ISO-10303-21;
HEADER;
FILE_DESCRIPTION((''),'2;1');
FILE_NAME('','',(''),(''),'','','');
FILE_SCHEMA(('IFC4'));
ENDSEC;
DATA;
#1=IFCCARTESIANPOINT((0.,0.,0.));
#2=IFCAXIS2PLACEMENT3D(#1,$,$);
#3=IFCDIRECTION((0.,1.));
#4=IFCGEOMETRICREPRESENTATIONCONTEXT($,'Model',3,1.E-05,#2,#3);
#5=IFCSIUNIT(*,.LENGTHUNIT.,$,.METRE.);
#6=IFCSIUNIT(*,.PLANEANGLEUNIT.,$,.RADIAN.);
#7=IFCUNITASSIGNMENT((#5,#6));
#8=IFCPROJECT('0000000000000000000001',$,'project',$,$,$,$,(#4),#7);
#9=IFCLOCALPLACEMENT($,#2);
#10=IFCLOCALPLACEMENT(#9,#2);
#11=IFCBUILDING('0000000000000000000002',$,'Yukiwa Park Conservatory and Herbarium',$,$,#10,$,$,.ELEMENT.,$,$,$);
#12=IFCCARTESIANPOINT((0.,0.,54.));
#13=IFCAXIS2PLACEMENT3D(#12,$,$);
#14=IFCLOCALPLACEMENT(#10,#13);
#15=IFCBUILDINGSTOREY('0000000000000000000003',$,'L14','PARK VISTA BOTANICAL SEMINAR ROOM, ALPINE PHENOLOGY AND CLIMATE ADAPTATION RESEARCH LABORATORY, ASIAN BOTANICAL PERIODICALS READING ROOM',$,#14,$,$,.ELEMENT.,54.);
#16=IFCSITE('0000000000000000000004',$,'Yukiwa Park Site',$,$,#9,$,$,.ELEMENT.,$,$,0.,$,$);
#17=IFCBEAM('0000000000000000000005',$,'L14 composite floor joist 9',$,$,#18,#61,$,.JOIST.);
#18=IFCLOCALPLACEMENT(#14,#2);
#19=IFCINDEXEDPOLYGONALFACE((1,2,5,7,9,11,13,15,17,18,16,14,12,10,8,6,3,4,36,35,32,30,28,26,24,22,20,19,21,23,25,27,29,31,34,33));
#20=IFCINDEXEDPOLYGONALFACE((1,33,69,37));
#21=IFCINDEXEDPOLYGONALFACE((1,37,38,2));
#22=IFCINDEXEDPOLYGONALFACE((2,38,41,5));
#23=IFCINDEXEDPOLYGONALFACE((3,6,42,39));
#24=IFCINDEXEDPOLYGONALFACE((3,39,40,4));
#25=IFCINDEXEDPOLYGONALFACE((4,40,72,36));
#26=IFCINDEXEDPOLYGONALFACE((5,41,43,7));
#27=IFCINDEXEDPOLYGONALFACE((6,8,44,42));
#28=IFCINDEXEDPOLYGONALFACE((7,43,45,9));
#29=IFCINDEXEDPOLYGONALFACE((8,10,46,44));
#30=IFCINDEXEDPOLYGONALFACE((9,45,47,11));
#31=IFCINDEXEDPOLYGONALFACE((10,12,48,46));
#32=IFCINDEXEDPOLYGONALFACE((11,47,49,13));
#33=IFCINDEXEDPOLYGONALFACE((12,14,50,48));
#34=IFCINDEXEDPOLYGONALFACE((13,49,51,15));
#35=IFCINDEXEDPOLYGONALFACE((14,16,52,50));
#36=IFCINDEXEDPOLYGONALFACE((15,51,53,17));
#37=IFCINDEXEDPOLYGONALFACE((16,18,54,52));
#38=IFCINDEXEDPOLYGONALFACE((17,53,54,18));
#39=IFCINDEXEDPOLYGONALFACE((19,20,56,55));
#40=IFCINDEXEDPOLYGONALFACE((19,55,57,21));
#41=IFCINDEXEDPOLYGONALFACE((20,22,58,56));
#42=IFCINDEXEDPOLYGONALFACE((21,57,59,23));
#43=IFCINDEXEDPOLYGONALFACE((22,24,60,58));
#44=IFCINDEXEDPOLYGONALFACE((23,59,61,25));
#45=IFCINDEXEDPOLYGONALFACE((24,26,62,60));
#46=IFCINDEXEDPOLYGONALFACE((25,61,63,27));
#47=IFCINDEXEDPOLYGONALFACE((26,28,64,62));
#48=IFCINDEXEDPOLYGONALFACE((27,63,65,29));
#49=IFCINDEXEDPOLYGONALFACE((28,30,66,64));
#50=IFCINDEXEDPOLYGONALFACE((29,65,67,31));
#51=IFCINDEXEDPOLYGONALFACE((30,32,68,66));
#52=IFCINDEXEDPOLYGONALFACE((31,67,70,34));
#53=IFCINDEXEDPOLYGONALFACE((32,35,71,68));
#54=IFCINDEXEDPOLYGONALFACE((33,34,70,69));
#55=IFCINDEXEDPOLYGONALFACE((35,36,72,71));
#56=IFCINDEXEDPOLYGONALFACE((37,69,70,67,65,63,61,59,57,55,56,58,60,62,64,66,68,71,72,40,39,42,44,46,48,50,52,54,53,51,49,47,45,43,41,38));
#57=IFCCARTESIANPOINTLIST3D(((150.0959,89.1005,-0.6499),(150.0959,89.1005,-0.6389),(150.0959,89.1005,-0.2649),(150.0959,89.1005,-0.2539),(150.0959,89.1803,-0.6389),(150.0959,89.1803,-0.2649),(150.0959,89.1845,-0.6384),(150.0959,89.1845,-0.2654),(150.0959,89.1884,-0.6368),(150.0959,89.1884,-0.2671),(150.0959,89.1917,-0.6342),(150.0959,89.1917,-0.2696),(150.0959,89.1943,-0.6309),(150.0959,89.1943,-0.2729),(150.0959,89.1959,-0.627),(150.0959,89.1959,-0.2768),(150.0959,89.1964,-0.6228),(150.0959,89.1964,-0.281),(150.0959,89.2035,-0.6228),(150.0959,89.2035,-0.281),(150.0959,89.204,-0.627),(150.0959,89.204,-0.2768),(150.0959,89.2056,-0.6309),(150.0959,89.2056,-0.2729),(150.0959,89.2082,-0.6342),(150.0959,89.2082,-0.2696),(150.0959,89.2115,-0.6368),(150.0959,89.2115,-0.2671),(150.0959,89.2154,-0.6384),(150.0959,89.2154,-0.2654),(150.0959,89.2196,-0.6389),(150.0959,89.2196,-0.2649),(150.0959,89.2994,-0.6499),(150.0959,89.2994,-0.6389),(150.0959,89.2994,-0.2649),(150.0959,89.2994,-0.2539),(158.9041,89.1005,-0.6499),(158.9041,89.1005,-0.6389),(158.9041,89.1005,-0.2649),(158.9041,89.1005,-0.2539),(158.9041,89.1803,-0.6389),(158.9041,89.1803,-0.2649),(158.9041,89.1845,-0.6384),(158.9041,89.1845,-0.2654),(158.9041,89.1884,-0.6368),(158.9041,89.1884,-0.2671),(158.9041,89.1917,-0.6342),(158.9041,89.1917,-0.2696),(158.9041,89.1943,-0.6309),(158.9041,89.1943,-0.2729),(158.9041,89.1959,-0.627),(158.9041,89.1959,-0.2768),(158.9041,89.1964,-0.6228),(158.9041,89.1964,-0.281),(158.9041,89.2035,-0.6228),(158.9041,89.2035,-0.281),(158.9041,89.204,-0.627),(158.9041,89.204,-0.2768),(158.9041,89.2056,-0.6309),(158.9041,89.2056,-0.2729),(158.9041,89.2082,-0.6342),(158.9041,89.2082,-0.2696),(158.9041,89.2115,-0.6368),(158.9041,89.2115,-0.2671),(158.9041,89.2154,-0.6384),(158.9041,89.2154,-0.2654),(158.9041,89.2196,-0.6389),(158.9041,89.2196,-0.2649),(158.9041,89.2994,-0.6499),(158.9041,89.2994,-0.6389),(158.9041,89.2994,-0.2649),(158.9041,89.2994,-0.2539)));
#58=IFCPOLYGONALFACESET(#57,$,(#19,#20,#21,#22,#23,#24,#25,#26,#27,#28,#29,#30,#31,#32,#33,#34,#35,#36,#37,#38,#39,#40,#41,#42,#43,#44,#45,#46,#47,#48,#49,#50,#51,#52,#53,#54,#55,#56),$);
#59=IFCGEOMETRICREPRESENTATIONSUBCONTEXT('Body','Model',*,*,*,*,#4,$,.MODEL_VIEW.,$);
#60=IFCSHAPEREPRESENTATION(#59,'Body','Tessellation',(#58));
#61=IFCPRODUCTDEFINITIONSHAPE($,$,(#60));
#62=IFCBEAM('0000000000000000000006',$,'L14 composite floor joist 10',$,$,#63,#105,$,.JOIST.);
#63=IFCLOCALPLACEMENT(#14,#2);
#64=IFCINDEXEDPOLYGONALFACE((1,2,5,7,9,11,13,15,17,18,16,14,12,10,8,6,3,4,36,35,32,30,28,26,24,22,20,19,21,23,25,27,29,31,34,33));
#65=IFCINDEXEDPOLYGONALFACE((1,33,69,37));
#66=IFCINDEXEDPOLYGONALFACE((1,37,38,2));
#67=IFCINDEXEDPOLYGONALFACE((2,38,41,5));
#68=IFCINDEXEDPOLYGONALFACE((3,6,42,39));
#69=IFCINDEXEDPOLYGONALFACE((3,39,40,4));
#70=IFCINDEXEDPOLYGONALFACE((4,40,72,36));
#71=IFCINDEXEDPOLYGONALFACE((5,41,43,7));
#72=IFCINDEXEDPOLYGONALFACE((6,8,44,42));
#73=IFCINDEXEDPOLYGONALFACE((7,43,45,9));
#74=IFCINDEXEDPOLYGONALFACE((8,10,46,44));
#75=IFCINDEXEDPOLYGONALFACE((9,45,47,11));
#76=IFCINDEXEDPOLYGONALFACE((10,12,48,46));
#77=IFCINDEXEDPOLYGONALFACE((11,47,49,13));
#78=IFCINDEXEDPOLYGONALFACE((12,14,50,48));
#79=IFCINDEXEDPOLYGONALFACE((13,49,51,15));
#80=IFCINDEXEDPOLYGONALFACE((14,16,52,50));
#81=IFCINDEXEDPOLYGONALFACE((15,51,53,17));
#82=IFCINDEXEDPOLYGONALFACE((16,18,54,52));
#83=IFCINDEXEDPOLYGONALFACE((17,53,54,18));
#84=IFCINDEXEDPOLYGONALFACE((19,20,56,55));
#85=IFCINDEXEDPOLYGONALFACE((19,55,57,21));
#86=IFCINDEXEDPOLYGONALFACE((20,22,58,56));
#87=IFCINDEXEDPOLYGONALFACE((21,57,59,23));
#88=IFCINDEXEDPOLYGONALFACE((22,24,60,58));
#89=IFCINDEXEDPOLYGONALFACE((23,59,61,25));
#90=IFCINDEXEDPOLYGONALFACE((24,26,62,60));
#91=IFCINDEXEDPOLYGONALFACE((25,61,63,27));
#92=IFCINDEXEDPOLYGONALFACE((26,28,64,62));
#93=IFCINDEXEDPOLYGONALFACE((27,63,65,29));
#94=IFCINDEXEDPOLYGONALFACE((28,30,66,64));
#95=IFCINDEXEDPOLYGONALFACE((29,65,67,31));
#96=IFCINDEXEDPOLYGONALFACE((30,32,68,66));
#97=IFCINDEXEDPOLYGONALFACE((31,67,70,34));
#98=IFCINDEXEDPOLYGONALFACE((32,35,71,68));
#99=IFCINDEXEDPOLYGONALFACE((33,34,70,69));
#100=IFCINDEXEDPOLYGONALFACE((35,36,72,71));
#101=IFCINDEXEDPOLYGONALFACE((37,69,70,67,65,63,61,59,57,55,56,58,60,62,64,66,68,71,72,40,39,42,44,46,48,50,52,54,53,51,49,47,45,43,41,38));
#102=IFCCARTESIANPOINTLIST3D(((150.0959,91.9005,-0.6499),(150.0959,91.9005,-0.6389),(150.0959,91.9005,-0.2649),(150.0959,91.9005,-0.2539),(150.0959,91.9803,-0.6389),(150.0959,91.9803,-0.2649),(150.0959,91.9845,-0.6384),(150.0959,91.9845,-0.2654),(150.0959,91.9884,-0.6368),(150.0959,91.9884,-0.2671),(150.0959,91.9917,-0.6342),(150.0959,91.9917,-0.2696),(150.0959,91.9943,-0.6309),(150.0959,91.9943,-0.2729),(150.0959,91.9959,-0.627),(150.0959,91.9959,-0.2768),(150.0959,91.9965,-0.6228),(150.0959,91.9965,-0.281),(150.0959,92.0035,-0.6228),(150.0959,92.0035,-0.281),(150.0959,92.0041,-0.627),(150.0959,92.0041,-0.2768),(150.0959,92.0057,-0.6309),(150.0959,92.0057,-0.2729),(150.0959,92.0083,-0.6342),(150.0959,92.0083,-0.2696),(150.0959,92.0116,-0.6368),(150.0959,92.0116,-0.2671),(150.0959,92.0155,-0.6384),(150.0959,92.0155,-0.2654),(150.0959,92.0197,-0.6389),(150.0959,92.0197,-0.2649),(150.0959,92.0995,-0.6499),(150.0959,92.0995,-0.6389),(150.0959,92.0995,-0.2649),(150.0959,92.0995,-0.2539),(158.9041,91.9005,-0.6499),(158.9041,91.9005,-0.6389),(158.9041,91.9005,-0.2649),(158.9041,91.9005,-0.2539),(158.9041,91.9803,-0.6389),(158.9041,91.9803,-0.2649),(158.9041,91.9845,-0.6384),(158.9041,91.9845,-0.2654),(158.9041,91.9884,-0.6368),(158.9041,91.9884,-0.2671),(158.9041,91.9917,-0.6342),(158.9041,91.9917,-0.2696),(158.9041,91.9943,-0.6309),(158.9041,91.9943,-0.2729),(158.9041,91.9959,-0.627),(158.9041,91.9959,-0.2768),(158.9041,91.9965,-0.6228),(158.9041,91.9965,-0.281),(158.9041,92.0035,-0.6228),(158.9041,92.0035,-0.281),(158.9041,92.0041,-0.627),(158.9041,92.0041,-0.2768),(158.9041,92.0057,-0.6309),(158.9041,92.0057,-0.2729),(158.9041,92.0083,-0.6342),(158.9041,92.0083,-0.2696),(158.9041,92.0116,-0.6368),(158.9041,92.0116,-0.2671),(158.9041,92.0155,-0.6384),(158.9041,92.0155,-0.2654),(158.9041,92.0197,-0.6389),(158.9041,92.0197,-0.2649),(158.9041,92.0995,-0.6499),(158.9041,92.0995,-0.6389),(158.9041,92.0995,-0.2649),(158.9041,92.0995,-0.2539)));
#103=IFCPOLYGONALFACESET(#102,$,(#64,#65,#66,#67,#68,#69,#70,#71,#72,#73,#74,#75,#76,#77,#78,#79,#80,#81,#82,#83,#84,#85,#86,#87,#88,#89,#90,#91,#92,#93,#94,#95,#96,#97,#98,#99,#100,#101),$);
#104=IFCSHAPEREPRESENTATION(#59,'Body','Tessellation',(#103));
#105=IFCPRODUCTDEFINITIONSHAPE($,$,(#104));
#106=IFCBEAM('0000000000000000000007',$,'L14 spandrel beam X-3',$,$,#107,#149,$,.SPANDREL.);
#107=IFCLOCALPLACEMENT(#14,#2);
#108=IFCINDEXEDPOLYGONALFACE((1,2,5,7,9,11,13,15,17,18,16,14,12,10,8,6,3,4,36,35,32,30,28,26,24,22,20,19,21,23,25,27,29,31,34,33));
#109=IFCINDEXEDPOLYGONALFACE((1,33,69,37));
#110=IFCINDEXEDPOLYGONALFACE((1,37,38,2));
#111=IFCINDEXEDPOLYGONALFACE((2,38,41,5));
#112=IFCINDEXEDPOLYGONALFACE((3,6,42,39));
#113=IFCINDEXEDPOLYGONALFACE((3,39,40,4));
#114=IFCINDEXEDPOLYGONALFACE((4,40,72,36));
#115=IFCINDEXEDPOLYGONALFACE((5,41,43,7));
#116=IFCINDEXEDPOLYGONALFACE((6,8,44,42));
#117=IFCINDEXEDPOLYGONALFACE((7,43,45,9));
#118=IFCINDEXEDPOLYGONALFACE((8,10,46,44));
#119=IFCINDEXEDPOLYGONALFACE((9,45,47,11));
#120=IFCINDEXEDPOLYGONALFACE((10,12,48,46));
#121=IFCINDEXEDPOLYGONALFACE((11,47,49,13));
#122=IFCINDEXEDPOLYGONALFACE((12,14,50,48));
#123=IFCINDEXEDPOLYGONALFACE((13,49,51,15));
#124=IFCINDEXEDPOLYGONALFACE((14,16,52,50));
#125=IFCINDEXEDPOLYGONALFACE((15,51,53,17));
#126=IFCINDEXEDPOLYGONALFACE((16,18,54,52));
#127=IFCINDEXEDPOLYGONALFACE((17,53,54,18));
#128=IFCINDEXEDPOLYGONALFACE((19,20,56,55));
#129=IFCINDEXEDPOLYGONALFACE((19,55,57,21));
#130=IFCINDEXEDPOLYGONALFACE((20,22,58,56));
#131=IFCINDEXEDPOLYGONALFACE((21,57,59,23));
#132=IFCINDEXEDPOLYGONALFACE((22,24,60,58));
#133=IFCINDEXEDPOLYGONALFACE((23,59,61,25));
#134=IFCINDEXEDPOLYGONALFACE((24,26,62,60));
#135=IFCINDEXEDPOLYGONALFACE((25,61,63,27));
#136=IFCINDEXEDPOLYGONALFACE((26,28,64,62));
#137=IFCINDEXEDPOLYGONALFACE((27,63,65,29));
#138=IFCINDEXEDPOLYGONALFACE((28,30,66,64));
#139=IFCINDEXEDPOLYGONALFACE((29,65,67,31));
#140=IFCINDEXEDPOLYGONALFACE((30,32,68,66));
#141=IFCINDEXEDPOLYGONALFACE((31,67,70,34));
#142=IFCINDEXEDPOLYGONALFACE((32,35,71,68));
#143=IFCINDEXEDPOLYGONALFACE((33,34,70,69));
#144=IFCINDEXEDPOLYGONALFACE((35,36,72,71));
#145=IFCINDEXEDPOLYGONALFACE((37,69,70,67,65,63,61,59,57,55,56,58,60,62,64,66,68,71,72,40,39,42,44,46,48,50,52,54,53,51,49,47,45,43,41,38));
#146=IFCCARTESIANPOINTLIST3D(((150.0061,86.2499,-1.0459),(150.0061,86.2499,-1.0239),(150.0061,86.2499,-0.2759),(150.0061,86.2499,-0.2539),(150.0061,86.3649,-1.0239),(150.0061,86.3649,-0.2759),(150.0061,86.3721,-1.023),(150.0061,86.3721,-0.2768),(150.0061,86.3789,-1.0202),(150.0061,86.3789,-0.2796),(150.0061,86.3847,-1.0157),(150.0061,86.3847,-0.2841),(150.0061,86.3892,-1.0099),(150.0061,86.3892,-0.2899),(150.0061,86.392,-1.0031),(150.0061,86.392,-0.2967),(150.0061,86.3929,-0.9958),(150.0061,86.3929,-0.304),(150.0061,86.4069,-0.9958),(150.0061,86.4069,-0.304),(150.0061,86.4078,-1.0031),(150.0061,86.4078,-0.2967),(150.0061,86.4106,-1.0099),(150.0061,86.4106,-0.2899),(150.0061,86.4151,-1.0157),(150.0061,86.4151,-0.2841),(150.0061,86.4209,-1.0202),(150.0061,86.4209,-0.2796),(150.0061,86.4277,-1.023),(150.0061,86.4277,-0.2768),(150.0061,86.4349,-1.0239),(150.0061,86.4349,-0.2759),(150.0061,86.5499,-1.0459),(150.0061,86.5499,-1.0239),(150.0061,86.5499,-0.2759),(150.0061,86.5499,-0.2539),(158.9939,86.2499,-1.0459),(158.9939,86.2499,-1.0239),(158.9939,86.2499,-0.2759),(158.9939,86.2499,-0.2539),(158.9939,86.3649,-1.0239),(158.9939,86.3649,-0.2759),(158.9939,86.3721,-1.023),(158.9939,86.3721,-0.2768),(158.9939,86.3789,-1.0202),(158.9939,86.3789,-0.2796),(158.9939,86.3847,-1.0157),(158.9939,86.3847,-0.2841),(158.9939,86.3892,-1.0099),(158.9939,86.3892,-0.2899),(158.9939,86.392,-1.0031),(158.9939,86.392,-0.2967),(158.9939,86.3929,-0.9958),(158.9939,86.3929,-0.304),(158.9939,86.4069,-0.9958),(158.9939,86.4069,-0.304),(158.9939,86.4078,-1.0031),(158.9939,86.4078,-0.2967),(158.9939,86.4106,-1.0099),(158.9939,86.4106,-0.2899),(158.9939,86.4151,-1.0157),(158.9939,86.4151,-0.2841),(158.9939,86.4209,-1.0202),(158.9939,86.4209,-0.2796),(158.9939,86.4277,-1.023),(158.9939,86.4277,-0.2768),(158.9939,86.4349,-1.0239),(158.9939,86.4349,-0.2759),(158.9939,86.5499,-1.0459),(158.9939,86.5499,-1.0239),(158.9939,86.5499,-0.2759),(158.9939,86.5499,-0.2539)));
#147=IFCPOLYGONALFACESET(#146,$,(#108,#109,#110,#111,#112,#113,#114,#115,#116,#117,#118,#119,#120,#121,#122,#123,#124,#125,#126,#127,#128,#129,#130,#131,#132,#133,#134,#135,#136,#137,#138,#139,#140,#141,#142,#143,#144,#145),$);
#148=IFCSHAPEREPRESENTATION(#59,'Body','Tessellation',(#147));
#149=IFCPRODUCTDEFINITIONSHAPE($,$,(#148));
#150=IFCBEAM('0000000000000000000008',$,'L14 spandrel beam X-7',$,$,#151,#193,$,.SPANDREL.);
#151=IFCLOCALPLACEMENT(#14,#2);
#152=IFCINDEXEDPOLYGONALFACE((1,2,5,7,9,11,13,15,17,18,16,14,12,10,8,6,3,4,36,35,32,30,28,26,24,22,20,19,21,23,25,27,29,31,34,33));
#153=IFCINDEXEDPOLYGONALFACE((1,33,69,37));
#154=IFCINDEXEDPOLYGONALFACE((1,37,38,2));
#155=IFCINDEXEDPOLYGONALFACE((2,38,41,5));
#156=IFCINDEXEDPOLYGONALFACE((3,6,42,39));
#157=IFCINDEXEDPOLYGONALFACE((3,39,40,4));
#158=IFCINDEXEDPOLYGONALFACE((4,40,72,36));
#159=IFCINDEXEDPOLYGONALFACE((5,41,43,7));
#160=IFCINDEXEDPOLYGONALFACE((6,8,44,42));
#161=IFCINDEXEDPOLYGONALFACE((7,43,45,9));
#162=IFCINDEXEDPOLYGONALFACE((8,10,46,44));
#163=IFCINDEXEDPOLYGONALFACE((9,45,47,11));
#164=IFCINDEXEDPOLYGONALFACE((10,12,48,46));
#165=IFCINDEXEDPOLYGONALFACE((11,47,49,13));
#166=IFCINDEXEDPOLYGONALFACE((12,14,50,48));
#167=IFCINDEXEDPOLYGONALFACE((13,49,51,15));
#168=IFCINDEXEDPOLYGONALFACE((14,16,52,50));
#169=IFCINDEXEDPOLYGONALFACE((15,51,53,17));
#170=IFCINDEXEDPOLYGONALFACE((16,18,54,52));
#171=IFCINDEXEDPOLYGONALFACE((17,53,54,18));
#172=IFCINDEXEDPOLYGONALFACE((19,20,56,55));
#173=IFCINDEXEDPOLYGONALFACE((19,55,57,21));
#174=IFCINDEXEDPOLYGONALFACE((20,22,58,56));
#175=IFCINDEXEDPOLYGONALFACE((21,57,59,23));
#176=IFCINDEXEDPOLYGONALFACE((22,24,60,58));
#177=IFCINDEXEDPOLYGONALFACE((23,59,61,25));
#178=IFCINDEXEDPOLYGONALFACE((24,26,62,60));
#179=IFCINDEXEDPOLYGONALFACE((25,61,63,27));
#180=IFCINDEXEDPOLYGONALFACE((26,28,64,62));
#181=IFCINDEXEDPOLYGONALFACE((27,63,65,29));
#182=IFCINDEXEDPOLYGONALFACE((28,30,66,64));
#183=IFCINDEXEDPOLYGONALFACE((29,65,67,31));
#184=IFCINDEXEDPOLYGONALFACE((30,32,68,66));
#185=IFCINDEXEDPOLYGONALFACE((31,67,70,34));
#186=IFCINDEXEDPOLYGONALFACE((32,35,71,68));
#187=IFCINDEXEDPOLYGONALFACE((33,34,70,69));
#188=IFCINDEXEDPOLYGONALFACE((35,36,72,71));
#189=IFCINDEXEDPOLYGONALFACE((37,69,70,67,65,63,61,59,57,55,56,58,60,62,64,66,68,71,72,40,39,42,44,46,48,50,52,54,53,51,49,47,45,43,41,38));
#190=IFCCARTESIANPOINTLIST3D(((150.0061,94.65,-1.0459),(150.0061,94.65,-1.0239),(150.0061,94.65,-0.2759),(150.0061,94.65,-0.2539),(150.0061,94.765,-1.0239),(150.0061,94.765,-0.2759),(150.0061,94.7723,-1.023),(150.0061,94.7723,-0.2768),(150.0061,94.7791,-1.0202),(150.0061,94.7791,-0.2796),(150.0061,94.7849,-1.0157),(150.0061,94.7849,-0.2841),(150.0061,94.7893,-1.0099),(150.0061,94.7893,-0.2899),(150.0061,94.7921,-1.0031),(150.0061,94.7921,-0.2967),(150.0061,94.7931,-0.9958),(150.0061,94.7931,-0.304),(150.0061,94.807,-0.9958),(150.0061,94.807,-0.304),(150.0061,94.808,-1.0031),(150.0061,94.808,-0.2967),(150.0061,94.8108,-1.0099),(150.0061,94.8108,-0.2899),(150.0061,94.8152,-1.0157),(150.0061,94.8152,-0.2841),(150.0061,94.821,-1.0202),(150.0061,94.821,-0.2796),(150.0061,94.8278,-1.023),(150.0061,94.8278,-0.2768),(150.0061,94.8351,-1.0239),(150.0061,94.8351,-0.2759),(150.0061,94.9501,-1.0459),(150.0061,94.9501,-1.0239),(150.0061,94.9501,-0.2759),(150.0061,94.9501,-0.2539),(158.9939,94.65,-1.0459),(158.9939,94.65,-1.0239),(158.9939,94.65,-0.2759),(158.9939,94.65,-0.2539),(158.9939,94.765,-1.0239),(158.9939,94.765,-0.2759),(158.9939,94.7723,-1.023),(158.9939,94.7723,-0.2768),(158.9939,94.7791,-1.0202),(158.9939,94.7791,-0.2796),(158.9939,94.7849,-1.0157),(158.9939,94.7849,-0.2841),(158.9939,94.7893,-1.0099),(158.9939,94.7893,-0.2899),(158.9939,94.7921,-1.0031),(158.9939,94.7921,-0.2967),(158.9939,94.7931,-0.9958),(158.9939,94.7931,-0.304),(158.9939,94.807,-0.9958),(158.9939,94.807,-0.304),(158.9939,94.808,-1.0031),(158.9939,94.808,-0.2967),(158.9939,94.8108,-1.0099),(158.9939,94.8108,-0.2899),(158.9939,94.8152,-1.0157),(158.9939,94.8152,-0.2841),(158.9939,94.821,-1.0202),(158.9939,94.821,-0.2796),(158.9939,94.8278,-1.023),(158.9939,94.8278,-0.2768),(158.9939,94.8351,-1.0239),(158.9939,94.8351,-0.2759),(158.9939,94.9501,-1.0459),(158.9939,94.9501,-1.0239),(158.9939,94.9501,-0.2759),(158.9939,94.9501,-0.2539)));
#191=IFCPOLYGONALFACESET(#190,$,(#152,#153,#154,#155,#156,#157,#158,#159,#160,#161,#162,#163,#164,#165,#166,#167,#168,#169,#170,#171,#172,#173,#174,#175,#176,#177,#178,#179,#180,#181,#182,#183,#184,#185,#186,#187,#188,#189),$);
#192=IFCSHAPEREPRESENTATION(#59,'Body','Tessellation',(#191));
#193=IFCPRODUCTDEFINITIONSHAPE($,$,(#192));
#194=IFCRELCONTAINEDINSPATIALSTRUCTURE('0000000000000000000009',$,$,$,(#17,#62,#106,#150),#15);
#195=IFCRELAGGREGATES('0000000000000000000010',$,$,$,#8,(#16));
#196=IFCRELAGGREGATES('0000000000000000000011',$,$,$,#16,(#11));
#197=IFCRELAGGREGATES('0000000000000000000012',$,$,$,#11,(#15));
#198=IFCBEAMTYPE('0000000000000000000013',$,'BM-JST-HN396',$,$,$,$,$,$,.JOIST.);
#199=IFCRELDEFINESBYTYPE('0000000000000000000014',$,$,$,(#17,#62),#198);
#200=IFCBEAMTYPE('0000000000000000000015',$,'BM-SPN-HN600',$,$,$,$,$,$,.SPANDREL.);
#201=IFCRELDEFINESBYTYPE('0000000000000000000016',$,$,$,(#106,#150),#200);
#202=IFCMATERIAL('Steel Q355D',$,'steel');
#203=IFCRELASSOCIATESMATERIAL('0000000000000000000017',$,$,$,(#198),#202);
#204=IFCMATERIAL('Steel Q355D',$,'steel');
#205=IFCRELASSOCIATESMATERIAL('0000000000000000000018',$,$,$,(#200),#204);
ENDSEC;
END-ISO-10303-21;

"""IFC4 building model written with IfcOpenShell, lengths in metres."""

from ifc_helpers import new_model, si_unit, direction, frame, origin, origin_2d, place, context, subcontext, project, spatial, i_section, extrude, material, material_profile, profile_set, type_object, element, save


model = new_model("IFC4")

# Units and contexts
model_context = context("Model", 3, precision=1e-05, world=origin(), true_north=direction((0.0, 1.0)))
body_context = subcontext(model_context, "Body", "Model", "MODEL_VIEW")
ifc_project = project(units=[si_unit("LENGTHUNIT", "METRE"), si_unit("PLANEANGLEUNIT", "RADIAN")], contexts=[model_context])

# Site, building, storey
site_placement = place(None, origin())
site = spatial("IfcSite", under=ifc_project, at=site_placement, Name="Yukiwa Park Site", CompositionType="ELEMENT", RefElevation=0.0)
building_placement = place(site_placement, origin())
building = spatial("IfcBuilding", under=site, at=building_placement, Name="Yukiwa Park Conservatory and Herbarium", CompositionType="ELEMENT")
storey_placement = place(building_placement, frame((0.0, 0.0, 54.0)))
storey = spatial("IfcBuildingStorey", under=building, at=storey_placement, Name="L14", Description="PARK VISTA BOTANICAL SEMINAR ROOM, ALPINE PHENOLOGY AND CLIMATE ADAPTATION RESEARCH LABORATORY, ASIAN BOTANICAL PERIODICALS READING ROOM", CompositionType="ELEMENT", Elevation=54.0)

# Beams
ifc_material_1 = material(Name="Steel Q355D", Category="steel")
ifc_material_profile_1 = material_profile(ifc_material_1, i_section(OverallWidth=0.199, OverallDepth=0.396, WebThickness=0.0071, FlangeThickness=0.011, FilletRadius=0.0161, at=origin_2d()), Name="HN 396x199x7x11")
ifc_profile_set_1 = profile_set([ifc_material_profile_1], Name="Steel Q355D")
beam_type_1 = type_object("IfcBeamType", Name="BM-JST-HN396", PredefinedType="JOIST", material=ifc_profile_set_1)
for number, where, z_axis, x_axis, name in (
    (1, (150.0959, 89.2, -0.4519), (1.0, 0.0, 0.0), (0.0, 1.0, 0.0), "L14 composite floor joist 9"),
    (2, (150.0959, 92.0, -0.4519), (1.0, 0.0, 0.0), (0.0, 1.0, 0.0), "L14 composite floor joist 10"),
):
    element("IfcBeam", number, at=place(storey_placement, frame(where, z_axis=z_axis, x_axis=x_axis)), inside=storey, type_object=beam_type_1, Name=name, PredefinedType="JOIST", context=body_context, shape_type="SweptSolid", body=[
        extrude(i_section(OverallWidth=0.199, OverallDepth=0.396, WebThickness=0.0071, FlangeThickness=0.011, FilletRadius=0.0161, at=origin_2d()), origin(), (0.0, 0.0, 1.0), 8.8081),
    ])
ifc_material_2 = material(Name="Steel Q355D", Category="steel")
ifc_material_profile_2 = material_profile(ifc_material_2, i_section(OverallWidth=0.3, OverallDepth=0.792, WebThickness=0.0139, FlangeThickness=0.022, FilletRadius=0.0281, at=origin_2d()), Name="HN 792x300x14x22")
ifc_profile_set_2 = profile_set([ifc_material_profile_2], Name="Steel Q355D")
beam_type_2 = type_object("IfcBeamType", Name="BM-SPN-HN600", PredefinedType="SPANDREL", material=ifc_profile_set_2)
for number, where, z_axis, x_axis, name in (
    (3, (150.0061, 86.3999, -0.6499), (1.0, 0.0, 0.0), (0.0, 1.0, 0.0), "L14 spandrel beam X-3"),
    (4, (150.0061, 94.8, -0.6499), (1.0, 0.0, 0.0), (0.0, 1.0, 0.0), "L14 spandrel beam X-7"),
):
    element("IfcBeam", number, at=place(storey_placement, frame(where, z_axis=z_axis, x_axis=x_axis)), inside=storey, type_object=beam_type_2, Name=name, PredefinedType="SPANDREL", context=body_context, shape_type="SweptSolid", body=[
        extrude(i_section(OverallWidth=0.3, OverallDepth=0.792, WebThickness=0.0139, FlangeThickness=0.022, FilletRadius=0.0281, at=origin_2d()), origin(), (0.0, 0.0, 1.0), 8.9878),
    ])

save(model, "model.ifc")
